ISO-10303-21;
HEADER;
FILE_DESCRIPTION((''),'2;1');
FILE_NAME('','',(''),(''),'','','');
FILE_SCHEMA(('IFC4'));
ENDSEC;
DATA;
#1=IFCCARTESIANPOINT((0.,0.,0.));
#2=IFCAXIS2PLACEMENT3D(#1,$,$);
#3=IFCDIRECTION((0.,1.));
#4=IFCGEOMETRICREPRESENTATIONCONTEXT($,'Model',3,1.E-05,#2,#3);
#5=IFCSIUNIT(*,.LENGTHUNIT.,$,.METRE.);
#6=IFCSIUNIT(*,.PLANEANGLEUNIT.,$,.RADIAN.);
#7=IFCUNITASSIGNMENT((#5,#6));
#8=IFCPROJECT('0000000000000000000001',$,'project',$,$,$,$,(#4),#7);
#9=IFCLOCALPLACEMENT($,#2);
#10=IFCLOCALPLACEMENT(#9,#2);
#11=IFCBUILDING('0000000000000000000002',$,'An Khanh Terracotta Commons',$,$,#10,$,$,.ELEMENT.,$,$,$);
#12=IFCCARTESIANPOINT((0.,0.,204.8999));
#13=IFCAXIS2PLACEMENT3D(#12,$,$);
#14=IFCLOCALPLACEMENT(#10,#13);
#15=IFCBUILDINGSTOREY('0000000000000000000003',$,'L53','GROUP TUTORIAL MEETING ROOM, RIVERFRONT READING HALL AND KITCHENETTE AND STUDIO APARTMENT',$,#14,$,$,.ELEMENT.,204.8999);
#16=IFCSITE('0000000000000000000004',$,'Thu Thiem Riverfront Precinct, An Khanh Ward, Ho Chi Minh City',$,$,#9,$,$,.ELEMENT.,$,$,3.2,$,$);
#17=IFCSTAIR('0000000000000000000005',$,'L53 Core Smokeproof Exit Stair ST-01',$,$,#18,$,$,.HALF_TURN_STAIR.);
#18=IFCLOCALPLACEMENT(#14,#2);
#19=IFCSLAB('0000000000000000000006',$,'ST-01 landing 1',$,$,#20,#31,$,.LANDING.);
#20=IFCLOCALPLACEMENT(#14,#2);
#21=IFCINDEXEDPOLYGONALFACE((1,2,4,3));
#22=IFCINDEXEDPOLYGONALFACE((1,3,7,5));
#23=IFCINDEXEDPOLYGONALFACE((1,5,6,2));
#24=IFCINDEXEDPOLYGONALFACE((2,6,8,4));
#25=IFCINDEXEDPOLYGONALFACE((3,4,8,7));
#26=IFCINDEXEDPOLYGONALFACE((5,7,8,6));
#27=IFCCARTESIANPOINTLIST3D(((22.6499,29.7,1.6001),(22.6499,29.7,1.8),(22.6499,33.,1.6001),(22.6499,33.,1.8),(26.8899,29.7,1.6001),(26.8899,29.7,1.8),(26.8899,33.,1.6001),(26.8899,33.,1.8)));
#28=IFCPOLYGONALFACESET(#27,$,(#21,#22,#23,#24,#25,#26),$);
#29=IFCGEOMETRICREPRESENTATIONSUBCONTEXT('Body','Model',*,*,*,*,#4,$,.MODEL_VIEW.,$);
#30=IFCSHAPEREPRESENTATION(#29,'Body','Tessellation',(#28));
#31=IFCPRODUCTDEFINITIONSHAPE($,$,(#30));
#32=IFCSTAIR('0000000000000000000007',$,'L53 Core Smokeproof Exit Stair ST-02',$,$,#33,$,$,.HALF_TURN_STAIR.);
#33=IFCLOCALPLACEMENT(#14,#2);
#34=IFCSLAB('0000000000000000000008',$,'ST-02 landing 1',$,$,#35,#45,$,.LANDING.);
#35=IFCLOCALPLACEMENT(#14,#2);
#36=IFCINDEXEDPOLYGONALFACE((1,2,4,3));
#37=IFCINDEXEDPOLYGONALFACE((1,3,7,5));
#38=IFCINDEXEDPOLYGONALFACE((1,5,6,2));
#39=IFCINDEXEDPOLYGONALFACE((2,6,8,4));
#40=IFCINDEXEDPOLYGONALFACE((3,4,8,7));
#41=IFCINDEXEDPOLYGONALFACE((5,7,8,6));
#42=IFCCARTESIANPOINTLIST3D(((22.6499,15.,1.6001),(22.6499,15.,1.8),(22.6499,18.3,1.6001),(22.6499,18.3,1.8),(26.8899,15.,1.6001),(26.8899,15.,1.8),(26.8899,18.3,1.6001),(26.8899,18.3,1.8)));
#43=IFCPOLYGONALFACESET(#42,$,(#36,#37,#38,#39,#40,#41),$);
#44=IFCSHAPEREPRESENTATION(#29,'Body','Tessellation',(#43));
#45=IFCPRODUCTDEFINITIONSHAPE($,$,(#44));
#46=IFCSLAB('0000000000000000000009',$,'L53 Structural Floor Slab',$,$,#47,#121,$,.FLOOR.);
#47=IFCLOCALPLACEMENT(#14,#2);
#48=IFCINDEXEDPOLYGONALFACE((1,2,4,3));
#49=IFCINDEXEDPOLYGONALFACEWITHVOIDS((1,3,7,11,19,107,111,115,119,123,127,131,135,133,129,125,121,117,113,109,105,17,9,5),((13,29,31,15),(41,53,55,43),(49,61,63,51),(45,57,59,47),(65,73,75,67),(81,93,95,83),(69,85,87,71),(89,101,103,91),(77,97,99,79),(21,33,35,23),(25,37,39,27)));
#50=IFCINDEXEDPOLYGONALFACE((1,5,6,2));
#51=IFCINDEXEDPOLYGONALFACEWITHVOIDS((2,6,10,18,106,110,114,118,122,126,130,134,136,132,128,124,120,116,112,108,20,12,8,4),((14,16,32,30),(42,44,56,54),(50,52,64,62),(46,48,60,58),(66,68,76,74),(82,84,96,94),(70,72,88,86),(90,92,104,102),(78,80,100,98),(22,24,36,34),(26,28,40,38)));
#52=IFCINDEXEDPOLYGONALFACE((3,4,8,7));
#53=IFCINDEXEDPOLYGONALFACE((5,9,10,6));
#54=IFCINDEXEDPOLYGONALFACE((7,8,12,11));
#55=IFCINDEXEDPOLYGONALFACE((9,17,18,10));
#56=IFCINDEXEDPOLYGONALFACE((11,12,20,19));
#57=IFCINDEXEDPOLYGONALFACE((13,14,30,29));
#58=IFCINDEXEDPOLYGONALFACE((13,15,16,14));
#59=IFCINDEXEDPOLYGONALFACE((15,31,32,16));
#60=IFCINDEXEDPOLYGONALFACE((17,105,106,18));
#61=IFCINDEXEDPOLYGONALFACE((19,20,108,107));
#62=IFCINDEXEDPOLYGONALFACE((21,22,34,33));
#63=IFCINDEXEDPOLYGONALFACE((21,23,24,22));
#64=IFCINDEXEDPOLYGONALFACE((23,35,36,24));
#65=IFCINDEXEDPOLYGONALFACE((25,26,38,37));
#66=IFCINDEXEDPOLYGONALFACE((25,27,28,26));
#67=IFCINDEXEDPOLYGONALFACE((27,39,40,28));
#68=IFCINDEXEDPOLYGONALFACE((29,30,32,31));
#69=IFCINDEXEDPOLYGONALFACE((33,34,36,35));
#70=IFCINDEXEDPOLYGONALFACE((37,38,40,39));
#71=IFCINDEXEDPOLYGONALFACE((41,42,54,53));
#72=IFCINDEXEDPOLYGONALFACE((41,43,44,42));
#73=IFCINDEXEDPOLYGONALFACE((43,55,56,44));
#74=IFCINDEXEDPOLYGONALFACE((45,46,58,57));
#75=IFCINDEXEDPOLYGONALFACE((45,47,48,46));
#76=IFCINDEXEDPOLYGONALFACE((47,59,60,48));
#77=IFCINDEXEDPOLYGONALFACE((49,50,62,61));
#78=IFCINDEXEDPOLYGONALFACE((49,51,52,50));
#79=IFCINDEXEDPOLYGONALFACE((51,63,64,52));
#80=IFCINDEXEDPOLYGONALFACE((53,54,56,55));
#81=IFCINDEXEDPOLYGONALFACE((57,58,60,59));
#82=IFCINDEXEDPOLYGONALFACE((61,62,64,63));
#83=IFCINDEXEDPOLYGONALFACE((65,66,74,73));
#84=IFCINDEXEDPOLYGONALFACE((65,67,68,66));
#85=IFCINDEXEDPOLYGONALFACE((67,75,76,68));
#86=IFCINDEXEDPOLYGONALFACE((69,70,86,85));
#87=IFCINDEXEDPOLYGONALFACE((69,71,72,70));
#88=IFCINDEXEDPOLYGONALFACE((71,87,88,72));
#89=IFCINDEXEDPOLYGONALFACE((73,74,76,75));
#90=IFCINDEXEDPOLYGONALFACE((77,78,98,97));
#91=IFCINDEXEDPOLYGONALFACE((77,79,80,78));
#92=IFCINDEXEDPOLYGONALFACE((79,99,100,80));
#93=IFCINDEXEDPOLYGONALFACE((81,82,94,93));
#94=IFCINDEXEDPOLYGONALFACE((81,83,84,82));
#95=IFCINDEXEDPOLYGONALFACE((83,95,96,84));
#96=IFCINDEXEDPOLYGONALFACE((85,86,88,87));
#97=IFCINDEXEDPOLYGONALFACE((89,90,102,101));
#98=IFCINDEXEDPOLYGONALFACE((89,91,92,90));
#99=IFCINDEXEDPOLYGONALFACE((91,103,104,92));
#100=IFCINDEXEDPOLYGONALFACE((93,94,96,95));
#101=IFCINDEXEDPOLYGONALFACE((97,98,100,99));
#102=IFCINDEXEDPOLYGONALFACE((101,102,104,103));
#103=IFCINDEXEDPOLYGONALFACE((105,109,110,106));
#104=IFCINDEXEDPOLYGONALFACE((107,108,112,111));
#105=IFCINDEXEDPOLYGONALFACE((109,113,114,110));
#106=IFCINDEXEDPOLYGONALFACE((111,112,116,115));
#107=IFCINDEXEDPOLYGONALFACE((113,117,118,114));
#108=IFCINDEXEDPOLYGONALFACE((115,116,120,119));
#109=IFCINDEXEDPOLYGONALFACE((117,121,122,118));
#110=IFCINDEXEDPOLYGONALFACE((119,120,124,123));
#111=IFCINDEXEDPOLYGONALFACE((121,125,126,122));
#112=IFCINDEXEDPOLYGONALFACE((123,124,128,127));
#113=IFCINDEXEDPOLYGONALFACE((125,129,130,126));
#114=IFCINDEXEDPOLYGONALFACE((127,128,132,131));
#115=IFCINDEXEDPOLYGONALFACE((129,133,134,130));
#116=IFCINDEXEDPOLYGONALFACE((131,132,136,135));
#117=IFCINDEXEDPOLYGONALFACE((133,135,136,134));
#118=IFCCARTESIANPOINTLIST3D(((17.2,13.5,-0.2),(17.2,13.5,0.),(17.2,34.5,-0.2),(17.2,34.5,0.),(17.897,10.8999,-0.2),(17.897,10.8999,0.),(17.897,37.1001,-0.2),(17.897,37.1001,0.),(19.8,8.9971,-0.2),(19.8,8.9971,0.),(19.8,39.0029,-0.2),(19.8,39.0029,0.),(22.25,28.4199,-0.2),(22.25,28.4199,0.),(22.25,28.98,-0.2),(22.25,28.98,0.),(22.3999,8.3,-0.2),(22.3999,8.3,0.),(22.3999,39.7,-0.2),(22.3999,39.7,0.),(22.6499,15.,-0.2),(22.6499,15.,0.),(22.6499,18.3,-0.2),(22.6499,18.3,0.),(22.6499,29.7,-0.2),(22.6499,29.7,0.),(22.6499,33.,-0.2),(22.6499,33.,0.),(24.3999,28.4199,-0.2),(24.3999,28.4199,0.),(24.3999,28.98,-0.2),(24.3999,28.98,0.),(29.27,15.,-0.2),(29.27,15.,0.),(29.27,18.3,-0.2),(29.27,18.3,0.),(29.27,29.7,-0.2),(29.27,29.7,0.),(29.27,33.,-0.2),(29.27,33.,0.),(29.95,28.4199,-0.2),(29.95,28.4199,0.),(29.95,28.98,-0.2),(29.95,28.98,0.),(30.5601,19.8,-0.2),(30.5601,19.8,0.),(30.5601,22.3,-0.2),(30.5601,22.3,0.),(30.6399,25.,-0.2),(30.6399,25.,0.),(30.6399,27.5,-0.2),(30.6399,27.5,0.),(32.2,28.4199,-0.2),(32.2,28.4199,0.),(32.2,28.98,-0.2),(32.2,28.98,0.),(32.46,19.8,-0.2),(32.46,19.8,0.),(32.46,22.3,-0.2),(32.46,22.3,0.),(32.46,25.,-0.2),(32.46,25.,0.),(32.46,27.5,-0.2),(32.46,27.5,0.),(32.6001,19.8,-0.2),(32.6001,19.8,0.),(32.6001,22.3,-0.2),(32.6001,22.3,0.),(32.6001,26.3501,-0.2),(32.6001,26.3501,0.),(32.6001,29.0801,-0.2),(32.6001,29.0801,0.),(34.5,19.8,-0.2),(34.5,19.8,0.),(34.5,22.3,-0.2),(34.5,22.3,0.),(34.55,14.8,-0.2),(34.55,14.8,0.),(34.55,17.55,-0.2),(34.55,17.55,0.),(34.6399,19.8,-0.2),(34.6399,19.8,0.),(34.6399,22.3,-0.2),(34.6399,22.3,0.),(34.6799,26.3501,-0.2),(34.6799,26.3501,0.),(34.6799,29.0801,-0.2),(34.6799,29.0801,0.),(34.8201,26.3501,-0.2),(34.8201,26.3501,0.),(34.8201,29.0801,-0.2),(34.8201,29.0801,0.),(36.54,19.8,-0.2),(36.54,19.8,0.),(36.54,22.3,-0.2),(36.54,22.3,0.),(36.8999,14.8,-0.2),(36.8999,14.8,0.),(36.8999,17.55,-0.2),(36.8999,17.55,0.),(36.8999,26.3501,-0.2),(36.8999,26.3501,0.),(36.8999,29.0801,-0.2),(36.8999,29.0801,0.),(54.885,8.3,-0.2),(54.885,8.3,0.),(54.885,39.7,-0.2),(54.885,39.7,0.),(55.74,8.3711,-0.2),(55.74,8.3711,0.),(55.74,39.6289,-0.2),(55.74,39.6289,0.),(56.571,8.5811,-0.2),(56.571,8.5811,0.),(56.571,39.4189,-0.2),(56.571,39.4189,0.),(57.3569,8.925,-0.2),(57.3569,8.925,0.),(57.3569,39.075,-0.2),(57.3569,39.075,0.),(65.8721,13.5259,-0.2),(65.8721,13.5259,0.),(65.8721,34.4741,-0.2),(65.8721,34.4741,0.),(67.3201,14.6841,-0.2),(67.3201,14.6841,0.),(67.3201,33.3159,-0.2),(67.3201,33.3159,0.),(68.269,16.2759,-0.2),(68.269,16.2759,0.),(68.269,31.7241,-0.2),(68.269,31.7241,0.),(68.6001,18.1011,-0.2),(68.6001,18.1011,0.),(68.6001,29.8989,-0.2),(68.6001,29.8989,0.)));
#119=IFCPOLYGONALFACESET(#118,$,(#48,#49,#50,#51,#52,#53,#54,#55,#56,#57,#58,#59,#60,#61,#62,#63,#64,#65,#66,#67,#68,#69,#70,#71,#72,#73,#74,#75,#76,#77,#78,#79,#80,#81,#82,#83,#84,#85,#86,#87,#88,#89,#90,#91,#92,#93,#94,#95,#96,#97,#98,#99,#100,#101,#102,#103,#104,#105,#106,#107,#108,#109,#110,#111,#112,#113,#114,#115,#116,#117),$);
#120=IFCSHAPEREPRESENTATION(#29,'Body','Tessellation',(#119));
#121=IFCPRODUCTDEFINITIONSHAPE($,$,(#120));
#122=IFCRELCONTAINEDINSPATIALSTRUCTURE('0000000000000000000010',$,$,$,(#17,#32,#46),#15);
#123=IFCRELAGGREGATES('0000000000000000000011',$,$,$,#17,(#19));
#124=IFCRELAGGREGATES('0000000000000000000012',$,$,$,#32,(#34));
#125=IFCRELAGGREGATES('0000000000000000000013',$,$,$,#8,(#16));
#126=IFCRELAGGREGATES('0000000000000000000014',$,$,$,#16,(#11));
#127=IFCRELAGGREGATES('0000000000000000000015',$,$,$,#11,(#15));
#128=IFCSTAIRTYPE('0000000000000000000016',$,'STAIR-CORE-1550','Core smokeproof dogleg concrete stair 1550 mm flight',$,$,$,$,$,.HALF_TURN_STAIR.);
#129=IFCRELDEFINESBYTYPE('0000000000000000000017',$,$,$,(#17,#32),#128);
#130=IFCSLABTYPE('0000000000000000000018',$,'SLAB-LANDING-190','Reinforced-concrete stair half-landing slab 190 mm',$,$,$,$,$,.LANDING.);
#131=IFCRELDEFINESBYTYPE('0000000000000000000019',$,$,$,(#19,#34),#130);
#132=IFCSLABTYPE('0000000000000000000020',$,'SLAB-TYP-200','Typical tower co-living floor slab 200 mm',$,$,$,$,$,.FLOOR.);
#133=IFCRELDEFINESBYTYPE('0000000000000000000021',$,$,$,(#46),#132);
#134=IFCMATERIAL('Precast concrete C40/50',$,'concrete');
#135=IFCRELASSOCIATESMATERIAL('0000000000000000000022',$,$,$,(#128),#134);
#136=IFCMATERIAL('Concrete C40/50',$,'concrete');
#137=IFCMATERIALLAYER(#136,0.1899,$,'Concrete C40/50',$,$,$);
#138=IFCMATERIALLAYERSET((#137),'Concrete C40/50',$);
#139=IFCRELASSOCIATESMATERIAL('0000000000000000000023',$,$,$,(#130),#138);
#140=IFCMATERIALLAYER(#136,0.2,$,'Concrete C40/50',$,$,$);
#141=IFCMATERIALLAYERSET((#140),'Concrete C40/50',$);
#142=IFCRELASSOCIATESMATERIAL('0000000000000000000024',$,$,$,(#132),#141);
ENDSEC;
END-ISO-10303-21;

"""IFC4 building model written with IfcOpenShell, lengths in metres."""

from ifc_helpers import new_model, si_unit, direction, frame, origin, place, context, subcontext, project, spatial, polyline, outline, extrude, material, layer, layer_set, type_object, element, aggregate, save


model = new_model("IFC4")

# Units and contexts
model_context = context("Model", 3, precision=1e-05, world=origin(), true_north=direction((0.0, 1.0)))
body_context = subcontext(model_context, "Body", "Model", "MODEL_VIEW")
ifc_project = project(units=[si_unit("LENGTHUNIT", "METRE"), si_unit("PLANEANGLEUNIT", "RADIAN")], contexts=[model_context])

# Site, building, storey
site_placement = place(None, origin())
site = spatial("IfcSite", under=ifc_project, at=site_placement, Name="Thu Thiem Riverfront Precinct, An Khanh Ward, Ho Chi Minh City", CompositionType="ELEMENT", RefElevation=3.2)
building_placement = place(site_placement, origin())
building = spatial("IfcBuilding", under=site, at=building_placement, Name="An Khanh Terracotta Commons", CompositionType="ELEMENT")
storey_placement = place(building_placement, frame((0.0, 0.0, 204.8999)))
storey = spatial("IfcBuildingStorey", under=building, at=storey_placement, Name="L53", Description="GROUP TUTORIAL MEETING ROOM, RIVERFRONT READING HALL AND KITCHENETTE AND STUDIO APARTMENT", CompositionType="ELEMENT", Elevation=204.8999)

# Shared definitions
ifc_material_1 = material(Name="Concrete C40/50", Category="concrete")

# Stairs, slabs
ifc_material_2 = material(Name="Precast concrete C40/50", Category="concrete")
stair_type = type_object("IfcStairType", Name="STAIR-CORE-1550", Description="Core smokeproof dogleg concrete stair 1550 mm flight", PredefinedType="HALF_TURN_STAIR", material=ifc_material_2)
stair_1_placement = place(storey_placement, origin())
stair_1 = element("IfcStair", 1, at=stair_1_placement, inside=storey, type_object=stair_type, Name="L53 Core Smokeproof Exit Stair ST-01", PredefinedType="HALF_TURN_STAIR")
ifc_layer_1 = layer(ifc_material_1, 0.1899, Name="Concrete C40/50")
ifc_layer_set_1 = layer_set([ifc_layer_1], Name="Concrete C40/50")
slab_type_1 = type_object("IfcSlabType", Name="SLAB-LANDING-190", Description="Reinforced-concrete stair half-landing slab 190 mm", PredefinedType="LANDING", material=ifc_layer_set_1)
slab_1_placement = place(storey_placement, frame((0.0, 0.0, 1.6001)))
slab_1 = element("IfcSlab", 2, at=slab_1_placement, type_object=slab_type_1, Name="ST-01 landing 1", PredefinedType="LANDING", context=body_context, shape_type="SweptSolid", body=[
    extrude(outline(polyline([(26.8899, 33.0), (22.6499, 33.0), (22.6499, 29.7), (26.8899, 29.7), (26.8899, 33.0)])), origin(), (0.0, 0.0, 1.0), 0.2),
])
aggregate(stair_1, [slab_1])
stair_2_placement = place(storey_placement, origin())
stair_2 = element("IfcStair", 3, at=stair_2_placement, inside=storey, type_object=stair_type, Name="L53 Core Smokeproof Exit Stair ST-02", PredefinedType="HALF_TURN_STAIR")
slab_2_placement = place(storey_placement, frame((0.0, 0.0, 1.6001)))
slab_2 = element("IfcSlab", 4, at=slab_2_placement, type_object=slab_type_1, Name="ST-02 landing 1", PredefinedType="LANDING", context=body_context, shape_type="SweptSolid", body=[
    extrude(outline(polyline([(26.8899, 18.3), (22.6499, 18.3), (22.6499, 15.0), (26.8899, 15.0), (26.8899, 18.3)])), origin(), (0.0, 0.0, 1.0), 0.2),
])
aggregate(stair_2, [slab_2])

# Slab
ifc_layer_2 = layer(ifc_material_1, 0.2, Name="Concrete C40/50")
ifc_layer_set_2 = layer_set([ifc_layer_2], Name="Concrete C40/50")
slab_type_2 = type_object("IfcSlabType", Name="SLAB-TYP-200", Description="Typical tower co-living floor slab 200 mm", PredefinedType="FLOOR", material=ifc_layer_set_2)
slab_3_placement = place(storey_placement, frame((0.0, 0.0, -0.2)))
element("IfcSlab", 5, at=slab_3_placement, inside=storey, type_object=slab_type_2, Name="L53 Structural Floor Slab", PredefinedType="FLOOR", context=body_context, shape_type="SweptSolid", body=[
    extrude(outline(polyline([(17.2, 13.5), (17.897, 10.8999), (19.8, 8.9971), (22.3999, 8.3), (54.885, 8.3), (55.74, 8.3711), (56.571, 8.5811), (57.3569, 8.925), (65.8721, 13.5259), (67.3201, 14.6841), (68.269, 16.2759), (68.6001, 18.1011), (68.6001, 29.8989), (68.269, 31.7241), (67.3201, 33.3159), (65.8721, 34.4741), (57.3569, 39.075), (56.571, 39.4189), (55.74, 39.6289), (54.885, 39.7), (22.3999, 39.7), (19.8, 39.0029), (17.897, 37.1001), (17.2, 34.5), (17.2, 13.5)]), holes=[polyline([(22.6499, 29.7), (29.27, 29.7), (29.27, 33.0), (22.6499, 33.0), (22.6499, 29.7)]), polyline([(22.6499, 15.0), (29.27, 15.0), (29.27, 18.3), (22.6499, 18.3), (22.6499, 15.0)]), polyline([(32.6001, 26.3501), (34.6799, 26.3501), (34.6799, 29.0801), (32.6001, 29.0801), (32.6001, 26.3501)]), polyline([(34.8201, 26.3501), (36.8999, 26.3501), (36.8999, 29.0801), (34.8201, 29.0801), (34.8201, 26.3501)]), polyline([(34.55, 14.8), (36.8999, 14.8), (36.8999, 17.55), (34.55, 17.55), (34.55, 14.8)]), polyline([(30.6399, 25.0), (32.46, 25.0), (32.46, 27.5), (30.6399, 27.5), (30.6399, 25.0)]), polyline([(30.5601, 19.8), (32.46, 19.8), (32.46, 22.3), (30.5601, 22.3), (30.5601, 19.8)]), polyline([(32.6001, 19.8), (34.5, 19.8), (34.5, 22.3), (32.6001, 22.3), (32.6001, 19.8)]), polyline([(34.6399, 19.8), (36.54, 19.8), (36.54, 22.3), (34.6399, 22.3), (34.6399, 19.8)]), polyline([(22.25, 28.4199), (24.3999, 28.4199), (24.3999, 28.98), (22.25, 28.98), (22.25, 28.4199)]), polyline([(29.95, 28.4199), (32.2, 28.4199), (32.2, 28.98), (29.95, 28.98), (29.95, 28.4199)])]), origin(), (0.0, 0.0, 1.0), 0.2),
])

save(model, "model.ifc")
